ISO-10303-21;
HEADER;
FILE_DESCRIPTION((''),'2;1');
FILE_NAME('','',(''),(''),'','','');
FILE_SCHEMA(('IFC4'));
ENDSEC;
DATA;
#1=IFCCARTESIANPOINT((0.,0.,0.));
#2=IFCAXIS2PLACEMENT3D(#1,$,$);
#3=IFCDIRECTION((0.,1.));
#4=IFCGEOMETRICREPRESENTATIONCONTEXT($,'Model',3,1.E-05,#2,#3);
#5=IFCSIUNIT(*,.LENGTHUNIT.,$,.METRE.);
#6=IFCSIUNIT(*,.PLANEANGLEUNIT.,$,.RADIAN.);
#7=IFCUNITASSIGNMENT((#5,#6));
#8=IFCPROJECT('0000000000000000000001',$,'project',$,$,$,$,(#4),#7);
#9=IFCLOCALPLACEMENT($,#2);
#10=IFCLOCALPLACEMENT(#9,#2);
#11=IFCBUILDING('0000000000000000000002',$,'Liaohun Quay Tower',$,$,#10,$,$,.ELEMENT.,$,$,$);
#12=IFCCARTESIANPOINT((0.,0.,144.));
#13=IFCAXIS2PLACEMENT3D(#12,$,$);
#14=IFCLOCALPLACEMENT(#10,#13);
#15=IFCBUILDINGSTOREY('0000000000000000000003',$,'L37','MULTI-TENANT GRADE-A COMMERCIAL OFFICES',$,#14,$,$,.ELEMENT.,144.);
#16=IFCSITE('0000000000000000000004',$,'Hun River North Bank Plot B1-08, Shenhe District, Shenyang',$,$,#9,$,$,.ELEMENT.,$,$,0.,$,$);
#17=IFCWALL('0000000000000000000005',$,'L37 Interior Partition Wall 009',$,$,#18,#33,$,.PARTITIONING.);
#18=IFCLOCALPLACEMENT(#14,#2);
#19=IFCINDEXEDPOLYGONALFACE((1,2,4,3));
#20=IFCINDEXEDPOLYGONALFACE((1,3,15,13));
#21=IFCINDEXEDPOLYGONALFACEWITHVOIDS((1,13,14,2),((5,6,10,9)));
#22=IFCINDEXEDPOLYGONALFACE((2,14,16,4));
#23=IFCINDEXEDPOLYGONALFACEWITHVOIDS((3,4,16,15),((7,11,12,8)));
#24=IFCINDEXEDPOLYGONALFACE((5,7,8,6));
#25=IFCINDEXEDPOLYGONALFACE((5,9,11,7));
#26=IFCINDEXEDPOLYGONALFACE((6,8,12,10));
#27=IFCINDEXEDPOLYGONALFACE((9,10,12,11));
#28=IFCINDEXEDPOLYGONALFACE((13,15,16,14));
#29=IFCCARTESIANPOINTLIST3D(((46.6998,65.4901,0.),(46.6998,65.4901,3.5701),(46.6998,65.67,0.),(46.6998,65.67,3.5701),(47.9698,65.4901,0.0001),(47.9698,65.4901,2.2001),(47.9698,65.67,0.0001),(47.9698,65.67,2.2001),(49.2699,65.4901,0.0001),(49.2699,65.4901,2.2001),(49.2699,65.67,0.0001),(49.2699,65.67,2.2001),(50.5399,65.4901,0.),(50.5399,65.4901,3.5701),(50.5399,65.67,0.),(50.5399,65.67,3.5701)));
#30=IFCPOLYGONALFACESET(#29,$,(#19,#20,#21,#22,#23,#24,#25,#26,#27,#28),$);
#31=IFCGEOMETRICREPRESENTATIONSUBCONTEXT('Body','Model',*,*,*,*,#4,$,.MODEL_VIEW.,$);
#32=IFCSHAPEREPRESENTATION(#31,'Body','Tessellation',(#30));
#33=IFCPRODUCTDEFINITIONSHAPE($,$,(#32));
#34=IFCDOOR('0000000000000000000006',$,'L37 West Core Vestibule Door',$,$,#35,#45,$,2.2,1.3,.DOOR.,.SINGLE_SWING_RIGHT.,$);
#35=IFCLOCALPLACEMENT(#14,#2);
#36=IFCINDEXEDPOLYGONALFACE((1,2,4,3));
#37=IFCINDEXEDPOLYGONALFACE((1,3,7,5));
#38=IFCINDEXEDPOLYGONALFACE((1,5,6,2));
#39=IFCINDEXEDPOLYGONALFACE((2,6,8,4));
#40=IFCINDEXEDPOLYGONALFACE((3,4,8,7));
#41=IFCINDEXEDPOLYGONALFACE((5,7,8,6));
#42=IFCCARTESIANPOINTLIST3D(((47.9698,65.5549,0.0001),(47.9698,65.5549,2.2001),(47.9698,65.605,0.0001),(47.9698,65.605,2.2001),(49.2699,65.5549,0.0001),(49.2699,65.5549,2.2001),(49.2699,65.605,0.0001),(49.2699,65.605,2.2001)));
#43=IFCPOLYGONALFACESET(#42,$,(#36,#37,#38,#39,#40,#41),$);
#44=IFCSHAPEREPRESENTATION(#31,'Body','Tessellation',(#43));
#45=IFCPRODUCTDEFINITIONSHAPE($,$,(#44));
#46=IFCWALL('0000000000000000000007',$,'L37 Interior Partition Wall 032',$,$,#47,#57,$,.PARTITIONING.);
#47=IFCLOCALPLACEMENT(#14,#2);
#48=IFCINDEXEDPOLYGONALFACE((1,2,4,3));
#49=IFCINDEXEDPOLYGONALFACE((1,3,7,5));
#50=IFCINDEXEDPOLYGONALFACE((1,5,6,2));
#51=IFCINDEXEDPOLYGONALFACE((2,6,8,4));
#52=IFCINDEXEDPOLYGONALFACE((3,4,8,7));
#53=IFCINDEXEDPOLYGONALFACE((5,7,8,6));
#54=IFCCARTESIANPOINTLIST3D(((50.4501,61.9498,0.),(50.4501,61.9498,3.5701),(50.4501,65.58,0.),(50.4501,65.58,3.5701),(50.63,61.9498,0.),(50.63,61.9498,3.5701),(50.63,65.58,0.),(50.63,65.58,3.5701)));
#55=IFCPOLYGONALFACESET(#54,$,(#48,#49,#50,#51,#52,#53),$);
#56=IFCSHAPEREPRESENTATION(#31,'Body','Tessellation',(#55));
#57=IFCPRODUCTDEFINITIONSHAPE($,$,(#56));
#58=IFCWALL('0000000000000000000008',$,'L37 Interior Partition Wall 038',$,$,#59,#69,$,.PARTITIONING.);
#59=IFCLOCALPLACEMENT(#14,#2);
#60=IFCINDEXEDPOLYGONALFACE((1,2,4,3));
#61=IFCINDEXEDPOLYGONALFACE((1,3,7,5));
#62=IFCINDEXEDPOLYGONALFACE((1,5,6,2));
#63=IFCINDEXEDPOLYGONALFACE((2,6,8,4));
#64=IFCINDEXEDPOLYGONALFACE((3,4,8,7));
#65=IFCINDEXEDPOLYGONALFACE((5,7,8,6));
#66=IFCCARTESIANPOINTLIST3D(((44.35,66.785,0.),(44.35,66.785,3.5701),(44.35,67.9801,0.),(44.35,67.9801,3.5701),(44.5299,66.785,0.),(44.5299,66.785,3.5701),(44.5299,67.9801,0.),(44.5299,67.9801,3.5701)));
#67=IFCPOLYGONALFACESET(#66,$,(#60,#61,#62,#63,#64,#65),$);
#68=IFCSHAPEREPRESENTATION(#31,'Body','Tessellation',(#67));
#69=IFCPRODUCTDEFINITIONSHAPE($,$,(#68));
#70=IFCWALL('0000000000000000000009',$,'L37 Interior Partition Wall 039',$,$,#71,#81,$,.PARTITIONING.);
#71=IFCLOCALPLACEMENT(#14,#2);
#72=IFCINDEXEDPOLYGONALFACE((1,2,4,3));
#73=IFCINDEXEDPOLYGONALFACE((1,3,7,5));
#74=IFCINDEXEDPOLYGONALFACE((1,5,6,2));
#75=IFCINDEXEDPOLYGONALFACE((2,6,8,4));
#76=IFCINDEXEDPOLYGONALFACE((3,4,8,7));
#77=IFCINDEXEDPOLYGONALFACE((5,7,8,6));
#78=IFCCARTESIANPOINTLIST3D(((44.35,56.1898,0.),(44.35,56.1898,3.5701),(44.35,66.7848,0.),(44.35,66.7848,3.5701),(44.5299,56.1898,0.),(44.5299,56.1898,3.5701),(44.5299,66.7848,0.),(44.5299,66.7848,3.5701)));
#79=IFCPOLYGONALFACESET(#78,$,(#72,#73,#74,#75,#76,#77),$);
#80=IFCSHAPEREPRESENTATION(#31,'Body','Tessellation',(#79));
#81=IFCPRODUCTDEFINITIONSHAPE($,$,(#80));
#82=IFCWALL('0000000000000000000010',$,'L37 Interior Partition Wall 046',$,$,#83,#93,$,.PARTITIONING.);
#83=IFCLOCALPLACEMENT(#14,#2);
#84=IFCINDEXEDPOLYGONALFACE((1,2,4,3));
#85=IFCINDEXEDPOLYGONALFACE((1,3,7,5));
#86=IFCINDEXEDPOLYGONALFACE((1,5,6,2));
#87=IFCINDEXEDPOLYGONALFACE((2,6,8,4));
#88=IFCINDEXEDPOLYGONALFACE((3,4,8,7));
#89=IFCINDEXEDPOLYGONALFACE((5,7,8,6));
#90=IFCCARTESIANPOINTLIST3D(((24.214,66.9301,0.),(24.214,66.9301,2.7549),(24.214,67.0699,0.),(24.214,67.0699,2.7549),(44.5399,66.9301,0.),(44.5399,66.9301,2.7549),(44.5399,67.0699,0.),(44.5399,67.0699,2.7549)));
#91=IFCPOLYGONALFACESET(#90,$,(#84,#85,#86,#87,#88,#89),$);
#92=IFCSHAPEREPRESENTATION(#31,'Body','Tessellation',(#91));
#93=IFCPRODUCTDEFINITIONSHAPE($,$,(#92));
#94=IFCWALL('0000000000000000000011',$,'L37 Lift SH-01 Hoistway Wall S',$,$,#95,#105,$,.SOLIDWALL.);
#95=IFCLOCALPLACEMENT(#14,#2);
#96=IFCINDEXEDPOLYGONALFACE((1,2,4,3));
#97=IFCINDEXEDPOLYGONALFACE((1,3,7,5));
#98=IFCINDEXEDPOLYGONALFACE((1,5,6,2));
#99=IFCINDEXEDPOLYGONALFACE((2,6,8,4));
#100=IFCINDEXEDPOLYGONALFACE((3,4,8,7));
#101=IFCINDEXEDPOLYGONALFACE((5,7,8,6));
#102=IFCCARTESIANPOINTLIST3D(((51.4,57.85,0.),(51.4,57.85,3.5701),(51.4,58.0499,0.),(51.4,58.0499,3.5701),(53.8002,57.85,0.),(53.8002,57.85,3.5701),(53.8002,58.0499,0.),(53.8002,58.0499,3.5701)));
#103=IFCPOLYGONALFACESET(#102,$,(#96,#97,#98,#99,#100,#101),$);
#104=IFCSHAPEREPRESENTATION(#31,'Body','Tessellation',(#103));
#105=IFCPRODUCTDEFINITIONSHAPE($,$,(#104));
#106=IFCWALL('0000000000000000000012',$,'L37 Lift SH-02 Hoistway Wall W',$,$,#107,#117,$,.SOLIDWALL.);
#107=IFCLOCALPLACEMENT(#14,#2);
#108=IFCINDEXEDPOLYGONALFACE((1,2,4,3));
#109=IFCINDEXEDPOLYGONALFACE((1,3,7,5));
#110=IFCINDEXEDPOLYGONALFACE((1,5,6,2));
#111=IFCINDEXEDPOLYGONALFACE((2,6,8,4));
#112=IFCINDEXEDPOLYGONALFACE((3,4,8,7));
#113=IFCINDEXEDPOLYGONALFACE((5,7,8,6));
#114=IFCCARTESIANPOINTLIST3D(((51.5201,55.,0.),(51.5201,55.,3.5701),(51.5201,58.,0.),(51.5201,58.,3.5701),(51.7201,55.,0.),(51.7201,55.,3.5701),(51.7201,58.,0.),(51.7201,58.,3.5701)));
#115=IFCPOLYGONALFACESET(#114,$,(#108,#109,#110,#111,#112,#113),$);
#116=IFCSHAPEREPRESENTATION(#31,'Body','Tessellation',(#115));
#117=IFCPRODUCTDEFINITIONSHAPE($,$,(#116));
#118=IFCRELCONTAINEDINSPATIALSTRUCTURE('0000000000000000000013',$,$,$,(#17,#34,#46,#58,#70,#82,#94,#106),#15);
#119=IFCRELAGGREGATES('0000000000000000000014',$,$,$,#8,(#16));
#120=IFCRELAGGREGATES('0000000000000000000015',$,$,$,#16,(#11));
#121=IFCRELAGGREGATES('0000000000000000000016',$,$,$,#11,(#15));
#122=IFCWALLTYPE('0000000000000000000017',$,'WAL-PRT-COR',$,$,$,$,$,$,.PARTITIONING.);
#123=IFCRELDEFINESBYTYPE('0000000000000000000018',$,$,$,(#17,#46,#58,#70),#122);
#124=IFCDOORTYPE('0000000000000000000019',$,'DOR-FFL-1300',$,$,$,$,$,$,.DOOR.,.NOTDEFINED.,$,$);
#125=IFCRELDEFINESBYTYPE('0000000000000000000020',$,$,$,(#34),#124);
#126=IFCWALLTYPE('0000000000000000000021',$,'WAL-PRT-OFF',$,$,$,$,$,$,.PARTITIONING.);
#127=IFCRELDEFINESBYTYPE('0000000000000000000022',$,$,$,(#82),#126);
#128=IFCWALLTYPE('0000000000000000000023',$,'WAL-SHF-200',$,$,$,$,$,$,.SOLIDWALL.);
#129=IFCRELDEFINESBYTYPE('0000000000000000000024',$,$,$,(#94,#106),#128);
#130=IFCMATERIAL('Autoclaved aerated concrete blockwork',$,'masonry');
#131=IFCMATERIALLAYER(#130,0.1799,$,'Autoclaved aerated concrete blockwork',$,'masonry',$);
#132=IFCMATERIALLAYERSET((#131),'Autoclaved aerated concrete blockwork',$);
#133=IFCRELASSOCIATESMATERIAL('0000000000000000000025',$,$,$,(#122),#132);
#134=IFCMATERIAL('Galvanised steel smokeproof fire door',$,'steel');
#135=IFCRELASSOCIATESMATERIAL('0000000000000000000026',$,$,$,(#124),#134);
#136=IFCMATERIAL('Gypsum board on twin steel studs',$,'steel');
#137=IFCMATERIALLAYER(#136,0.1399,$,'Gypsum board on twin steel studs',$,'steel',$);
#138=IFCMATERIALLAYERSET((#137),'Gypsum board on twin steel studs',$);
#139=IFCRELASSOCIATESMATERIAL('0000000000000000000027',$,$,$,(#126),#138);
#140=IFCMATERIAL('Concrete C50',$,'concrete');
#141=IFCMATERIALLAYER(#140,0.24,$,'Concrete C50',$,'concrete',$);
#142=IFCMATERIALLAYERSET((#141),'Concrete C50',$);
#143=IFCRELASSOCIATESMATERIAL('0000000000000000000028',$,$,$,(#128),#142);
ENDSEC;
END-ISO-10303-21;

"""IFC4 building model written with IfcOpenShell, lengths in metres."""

from ifc_helpers import new_model, si_unit, direction, frame, frame_2d, origin, place, context, subcontext, project, spatial, rectangle, extrude, source, transform, mapped, material, layer, layer_set, type_object, element, fill, save


model = new_model("IFC4")

# Units and contexts
model_context = context("Model", 3, precision=1e-05, world=origin(), true_north=direction((0.0, 1.0)))
body_context = subcontext(model_context, "Body", "Model", "MODEL_VIEW")
ifc_project = project(units=[si_unit("LENGTHUNIT", "METRE"), si_unit("PLANEANGLEUNIT", "RADIAN")], contexts=[model_context])

# Site, building, storey
site_placement = place(None, origin())
site = spatial("IfcSite", under=ifc_project, at=site_placement, Name="Hun River North Bank Plot B1-08, Shenhe District, Shenyang", CompositionType="ELEMENT", RefElevation=0.0)
building_placement = place(site_placement, origin())
building = spatial("IfcBuilding", under=site, at=building_placement, Name="Liaohun Quay Tower", CompositionType="ELEMENT")
storey_placement = place(building_placement, frame((0.0, 0.0, 144.0)))
storey = spatial("IfcBuildingStorey", under=building, at=storey_placement, Name="L37", Description="MULTI-TENANT GRADE-A COMMERCIAL OFFICES", CompositionType="ELEMENT", Elevation=144.0)

# Wall, opening, door
ifc_material_1 = material(Name="Autoclaved aerated concrete blockwork", Category="masonry")
ifc_layer_1 = layer(ifc_material_1, 0.1799, Name="Autoclaved aerated concrete blockwork", Category="masonry")
ifc_layer_set_1 = layer_set([ifc_layer_1], Name="Autoclaved aerated concrete blockwork")
wall_type_1 = type_object("IfcWallType", Name="WAL-PRT-COR", PredefinedType="PARTITIONING", material=ifc_layer_set_1)
wall_1_placement = place(storey_placement, frame((46.7, 65.5801, 0.0), z_axis=(0.0, 0.0, 1.0), x_axis=(1.0, 0.0, 0.0)))
wall_1 = element("IfcWall", 1, at=wall_1_placement, inside=storey, type_object=wall_type_1, Name="L37 Interior Partition Wall 009", PredefinedType="PARTITIONING", context=body_context, shape_type="SweptSolid", body=[
    extrude(rectangle(XDim=3.8401, YDim=0.1799, at=frame_2d((1.9199, 0.0))), origin(), (0.0, 0.0, 1.0), 3.5701),
])
shared_shape_1 = source(origin(), body_context, "Body", "SweptSolid", [
    extrude(rectangle(XDim=1.3, YDim=2.2, at=frame_2d((0.6499, 1.1001))), frame((0.0, 0.0999, 0.0), z_axis=(0.0, -1.0, 0.0), x_axis=(1.0, 0.0, 0.0)), (0.0, 0.0, 1.0), 0.2),
])
opening_1_placement = place(wall_1_placement, frame((1.27, 0.0, 0.0)))
opening_1 = element("IfcOpeningElement", 2, at=opening_1_placement, cuts=wall_1, PredefinedType="OPENING", context=body_context, shape_type="MappedRepresentation", body=[
    mapped(shared_shape_1, transform((0.0, 0.0, 0.0), x_axis=(1.0, 0.0, 0.0), y_axis=(0.0, 1.0, 0.0), z_axis=(0.0, 0.0, 1.0), scale=1.0)),
])
ifc_material_2 = material(Name="Galvanised steel smokeproof fire door", Category="steel")
door_type_1 = type_object("IfcDoorType", Name="DOR-FFL-1300", OperationType="NOTDEFINED", PredefinedType="DOOR", material=ifc_material_2)
shared_shape_2 = source(origin(), body_context, "Body", "SweptSolid", [
    extrude(rectangle(XDim=1.3, YDim=2.2, at=frame_2d((0.6499, 1.1001))), frame((0.0, 0.0249, 0.0), z_axis=(0.0, -1.0, 0.0), x_axis=(1.0, 0.0, 0.0)), (0.0, 0.0, 1.0), 0.05),
])
door_1_placement = place(opening_1_placement, origin())
door_1 = element("IfcDoor", 3, at=door_1_placement, inside=storey, type_object=door_type_1, Name="L37 West Core Vestibule Door", OperationType="SINGLE_SWING_RIGHT", OverallHeight=2.2, OverallWidth=1.3, PredefinedType="DOOR", context=body_context, shape_type="MappedRepresentation", body=[
    mapped(shared_shape_2, transform((0.0, 0.0, 0.0), x_axis=(1.0, 0.0, 0.0), y_axis=(0.0, 1.0, 0.0), z_axis=(0.0, 0.0, 1.0), scale=1.0)),
])
fill(opening_1, door_1)

# Walls
wall_2_placement = place(storey_placement, frame((50.54, 61.95, 0.0), z_axis=(0.0, 0.0, 1.0), x_axis=(0.0, 1.0, 0.0)))
element("IfcWall", 4, at=wall_2_placement, inside=storey, type_object=wall_type_1, Name="L37 Interior Partition Wall 032", PredefinedType="PARTITIONING", context=body_context, shape_type="SweptSolid", body=[
    extrude(rectangle(XDim=3.6301, YDim=0.1799, at=frame_2d((1.8149, 0.0))), origin(), (0.0, 0.0, 1.0), 3.5701),
])
wall_3_placement = place(storey_placement, frame((44.4399, 66.7849, 0.0), z_axis=(0.0, 0.0, 1.0), x_axis=(0.0, 1.0, 0.0)))
element("IfcWall", 5, at=wall_3_placement, inside=storey, type_object=wall_type_1, Name="L37 Interior Partition Wall 038", PredefinedType="PARTITIONING", context=body_context, shape_type="SweptSolid", body=[
    extrude(rectangle(XDim=1.1951, YDim=0.1799, at=frame_2d((0.5977, 0.0))), origin(), (0.0, 0.0, 1.0), 3.5701),
])
wall_4_placement = place(storey_placement, frame((44.4399, 56.1899, 0.0), z_axis=(0.0, 0.0, 1.0), x_axis=(0.0, 1.0, 0.0)))
element("IfcWall", 6, at=wall_4_placement, inside=storey, type_object=wall_type_1, Name="L37 Interior Partition Wall 039", PredefinedType="PARTITIONING", context=body_context, shape_type="SweptSolid", body=[
    extrude(rectangle(XDim=10.595, YDim=0.1799, at=frame_2d((5.2974, 0.0))), origin(), (0.0, 0.0, 1.0), 3.5701),
])
ifc_material_3 = material(Name="Gypsum board on twin steel studs", Category="steel")
ifc_layer_2 = layer(ifc_material_3, 0.1399, Name="Gypsum board on twin steel studs", Category="steel")
ifc_layer_set_2 = layer_set([ifc_layer_2], Name="Gypsum board on twin steel studs")
wall_type_2 = type_object("IfcWallType", Name="WAL-PRT-OFF", PredefinedType="PARTITIONING", material=ifc_layer_set_2)
wall_5_placement = place(storey_placement, frame((44.54, 67.0, 0.0), z_axis=(0.0, 0.0, 1.0), x_axis=(-1.0, 0.0, 0.0)))
element("IfcWall", 7, at=wall_5_placement, inside=storey, type_object=wall_type_2, Name="L37 Interior Partition Wall 046", PredefinedType="PARTITIONING", context=body_context, shape_type="SweptSolid", body=[
    extrude(rectangle(XDim=20.3259, YDim=0.1399, at=frame_2d((10.1631, 0.0))), origin(), (0.0, 0.0, 1.0), 2.7549),
])
ifc_material_4 = material(Name="Concrete C50", Category="concrete")
ifc_layer_3 = layer(ifc_material_4, 0.24, Name="Concrete C50", Category="concrete")
ifc_layer_set_3 = layer_set([ifc_layer_3], Name="Concrete C50")
wall_type_3 = type_object("IfcWallType", Name="WAL-SHF-200", PredefinedType="SOLIDWALL", material=ifc_layer_set_3)
wall_6_placement = place(storey_placement, frame((51.3999, 57.95, 0.0), z_axis=(0.0, 0.0, 1.0), x_axis=(1.0, 0.0, 0.0)))
element("IfcWall", 8, at=wall_6_placement, inside=storey, type_object=wall_type_3, Name="L37 Lift SH-01 Hoistway Wall S", PredefinedType="SOLIDWALL", context=body_context, shape_type="SweptSolid", body=[
    extrude(rectangle(XDim=2.4001, YDim=0.2, at=frame_2d((1.2002, 0.0))), origin(), (0.0, 0.0, 1.0), 3.5701),
])
wall_7_placement = place(storey_placement, frame((51.6201, 58.0, 0.0), z_axis=(0.0, 0.0, 1.0), x_axis=(0.0, -1.0, 0.0)))
element("IfcWall", 9, at=wall_7_placement, inside=storey, type_object=wall_type_3, Name="L37 Lift SH-02 Hoistway Wall W", PredefinedType="SOLIDWALL", context=body_context, shape_type="SweptSolid", body=[
    extrude(rectangle(XDim=3.0, YDim=0.2, at=frame_2d((1.5, 0.0))), origin(), (0.0, 0.0, 1.0), 3.5701),
])

save(model, "model.ifc")
